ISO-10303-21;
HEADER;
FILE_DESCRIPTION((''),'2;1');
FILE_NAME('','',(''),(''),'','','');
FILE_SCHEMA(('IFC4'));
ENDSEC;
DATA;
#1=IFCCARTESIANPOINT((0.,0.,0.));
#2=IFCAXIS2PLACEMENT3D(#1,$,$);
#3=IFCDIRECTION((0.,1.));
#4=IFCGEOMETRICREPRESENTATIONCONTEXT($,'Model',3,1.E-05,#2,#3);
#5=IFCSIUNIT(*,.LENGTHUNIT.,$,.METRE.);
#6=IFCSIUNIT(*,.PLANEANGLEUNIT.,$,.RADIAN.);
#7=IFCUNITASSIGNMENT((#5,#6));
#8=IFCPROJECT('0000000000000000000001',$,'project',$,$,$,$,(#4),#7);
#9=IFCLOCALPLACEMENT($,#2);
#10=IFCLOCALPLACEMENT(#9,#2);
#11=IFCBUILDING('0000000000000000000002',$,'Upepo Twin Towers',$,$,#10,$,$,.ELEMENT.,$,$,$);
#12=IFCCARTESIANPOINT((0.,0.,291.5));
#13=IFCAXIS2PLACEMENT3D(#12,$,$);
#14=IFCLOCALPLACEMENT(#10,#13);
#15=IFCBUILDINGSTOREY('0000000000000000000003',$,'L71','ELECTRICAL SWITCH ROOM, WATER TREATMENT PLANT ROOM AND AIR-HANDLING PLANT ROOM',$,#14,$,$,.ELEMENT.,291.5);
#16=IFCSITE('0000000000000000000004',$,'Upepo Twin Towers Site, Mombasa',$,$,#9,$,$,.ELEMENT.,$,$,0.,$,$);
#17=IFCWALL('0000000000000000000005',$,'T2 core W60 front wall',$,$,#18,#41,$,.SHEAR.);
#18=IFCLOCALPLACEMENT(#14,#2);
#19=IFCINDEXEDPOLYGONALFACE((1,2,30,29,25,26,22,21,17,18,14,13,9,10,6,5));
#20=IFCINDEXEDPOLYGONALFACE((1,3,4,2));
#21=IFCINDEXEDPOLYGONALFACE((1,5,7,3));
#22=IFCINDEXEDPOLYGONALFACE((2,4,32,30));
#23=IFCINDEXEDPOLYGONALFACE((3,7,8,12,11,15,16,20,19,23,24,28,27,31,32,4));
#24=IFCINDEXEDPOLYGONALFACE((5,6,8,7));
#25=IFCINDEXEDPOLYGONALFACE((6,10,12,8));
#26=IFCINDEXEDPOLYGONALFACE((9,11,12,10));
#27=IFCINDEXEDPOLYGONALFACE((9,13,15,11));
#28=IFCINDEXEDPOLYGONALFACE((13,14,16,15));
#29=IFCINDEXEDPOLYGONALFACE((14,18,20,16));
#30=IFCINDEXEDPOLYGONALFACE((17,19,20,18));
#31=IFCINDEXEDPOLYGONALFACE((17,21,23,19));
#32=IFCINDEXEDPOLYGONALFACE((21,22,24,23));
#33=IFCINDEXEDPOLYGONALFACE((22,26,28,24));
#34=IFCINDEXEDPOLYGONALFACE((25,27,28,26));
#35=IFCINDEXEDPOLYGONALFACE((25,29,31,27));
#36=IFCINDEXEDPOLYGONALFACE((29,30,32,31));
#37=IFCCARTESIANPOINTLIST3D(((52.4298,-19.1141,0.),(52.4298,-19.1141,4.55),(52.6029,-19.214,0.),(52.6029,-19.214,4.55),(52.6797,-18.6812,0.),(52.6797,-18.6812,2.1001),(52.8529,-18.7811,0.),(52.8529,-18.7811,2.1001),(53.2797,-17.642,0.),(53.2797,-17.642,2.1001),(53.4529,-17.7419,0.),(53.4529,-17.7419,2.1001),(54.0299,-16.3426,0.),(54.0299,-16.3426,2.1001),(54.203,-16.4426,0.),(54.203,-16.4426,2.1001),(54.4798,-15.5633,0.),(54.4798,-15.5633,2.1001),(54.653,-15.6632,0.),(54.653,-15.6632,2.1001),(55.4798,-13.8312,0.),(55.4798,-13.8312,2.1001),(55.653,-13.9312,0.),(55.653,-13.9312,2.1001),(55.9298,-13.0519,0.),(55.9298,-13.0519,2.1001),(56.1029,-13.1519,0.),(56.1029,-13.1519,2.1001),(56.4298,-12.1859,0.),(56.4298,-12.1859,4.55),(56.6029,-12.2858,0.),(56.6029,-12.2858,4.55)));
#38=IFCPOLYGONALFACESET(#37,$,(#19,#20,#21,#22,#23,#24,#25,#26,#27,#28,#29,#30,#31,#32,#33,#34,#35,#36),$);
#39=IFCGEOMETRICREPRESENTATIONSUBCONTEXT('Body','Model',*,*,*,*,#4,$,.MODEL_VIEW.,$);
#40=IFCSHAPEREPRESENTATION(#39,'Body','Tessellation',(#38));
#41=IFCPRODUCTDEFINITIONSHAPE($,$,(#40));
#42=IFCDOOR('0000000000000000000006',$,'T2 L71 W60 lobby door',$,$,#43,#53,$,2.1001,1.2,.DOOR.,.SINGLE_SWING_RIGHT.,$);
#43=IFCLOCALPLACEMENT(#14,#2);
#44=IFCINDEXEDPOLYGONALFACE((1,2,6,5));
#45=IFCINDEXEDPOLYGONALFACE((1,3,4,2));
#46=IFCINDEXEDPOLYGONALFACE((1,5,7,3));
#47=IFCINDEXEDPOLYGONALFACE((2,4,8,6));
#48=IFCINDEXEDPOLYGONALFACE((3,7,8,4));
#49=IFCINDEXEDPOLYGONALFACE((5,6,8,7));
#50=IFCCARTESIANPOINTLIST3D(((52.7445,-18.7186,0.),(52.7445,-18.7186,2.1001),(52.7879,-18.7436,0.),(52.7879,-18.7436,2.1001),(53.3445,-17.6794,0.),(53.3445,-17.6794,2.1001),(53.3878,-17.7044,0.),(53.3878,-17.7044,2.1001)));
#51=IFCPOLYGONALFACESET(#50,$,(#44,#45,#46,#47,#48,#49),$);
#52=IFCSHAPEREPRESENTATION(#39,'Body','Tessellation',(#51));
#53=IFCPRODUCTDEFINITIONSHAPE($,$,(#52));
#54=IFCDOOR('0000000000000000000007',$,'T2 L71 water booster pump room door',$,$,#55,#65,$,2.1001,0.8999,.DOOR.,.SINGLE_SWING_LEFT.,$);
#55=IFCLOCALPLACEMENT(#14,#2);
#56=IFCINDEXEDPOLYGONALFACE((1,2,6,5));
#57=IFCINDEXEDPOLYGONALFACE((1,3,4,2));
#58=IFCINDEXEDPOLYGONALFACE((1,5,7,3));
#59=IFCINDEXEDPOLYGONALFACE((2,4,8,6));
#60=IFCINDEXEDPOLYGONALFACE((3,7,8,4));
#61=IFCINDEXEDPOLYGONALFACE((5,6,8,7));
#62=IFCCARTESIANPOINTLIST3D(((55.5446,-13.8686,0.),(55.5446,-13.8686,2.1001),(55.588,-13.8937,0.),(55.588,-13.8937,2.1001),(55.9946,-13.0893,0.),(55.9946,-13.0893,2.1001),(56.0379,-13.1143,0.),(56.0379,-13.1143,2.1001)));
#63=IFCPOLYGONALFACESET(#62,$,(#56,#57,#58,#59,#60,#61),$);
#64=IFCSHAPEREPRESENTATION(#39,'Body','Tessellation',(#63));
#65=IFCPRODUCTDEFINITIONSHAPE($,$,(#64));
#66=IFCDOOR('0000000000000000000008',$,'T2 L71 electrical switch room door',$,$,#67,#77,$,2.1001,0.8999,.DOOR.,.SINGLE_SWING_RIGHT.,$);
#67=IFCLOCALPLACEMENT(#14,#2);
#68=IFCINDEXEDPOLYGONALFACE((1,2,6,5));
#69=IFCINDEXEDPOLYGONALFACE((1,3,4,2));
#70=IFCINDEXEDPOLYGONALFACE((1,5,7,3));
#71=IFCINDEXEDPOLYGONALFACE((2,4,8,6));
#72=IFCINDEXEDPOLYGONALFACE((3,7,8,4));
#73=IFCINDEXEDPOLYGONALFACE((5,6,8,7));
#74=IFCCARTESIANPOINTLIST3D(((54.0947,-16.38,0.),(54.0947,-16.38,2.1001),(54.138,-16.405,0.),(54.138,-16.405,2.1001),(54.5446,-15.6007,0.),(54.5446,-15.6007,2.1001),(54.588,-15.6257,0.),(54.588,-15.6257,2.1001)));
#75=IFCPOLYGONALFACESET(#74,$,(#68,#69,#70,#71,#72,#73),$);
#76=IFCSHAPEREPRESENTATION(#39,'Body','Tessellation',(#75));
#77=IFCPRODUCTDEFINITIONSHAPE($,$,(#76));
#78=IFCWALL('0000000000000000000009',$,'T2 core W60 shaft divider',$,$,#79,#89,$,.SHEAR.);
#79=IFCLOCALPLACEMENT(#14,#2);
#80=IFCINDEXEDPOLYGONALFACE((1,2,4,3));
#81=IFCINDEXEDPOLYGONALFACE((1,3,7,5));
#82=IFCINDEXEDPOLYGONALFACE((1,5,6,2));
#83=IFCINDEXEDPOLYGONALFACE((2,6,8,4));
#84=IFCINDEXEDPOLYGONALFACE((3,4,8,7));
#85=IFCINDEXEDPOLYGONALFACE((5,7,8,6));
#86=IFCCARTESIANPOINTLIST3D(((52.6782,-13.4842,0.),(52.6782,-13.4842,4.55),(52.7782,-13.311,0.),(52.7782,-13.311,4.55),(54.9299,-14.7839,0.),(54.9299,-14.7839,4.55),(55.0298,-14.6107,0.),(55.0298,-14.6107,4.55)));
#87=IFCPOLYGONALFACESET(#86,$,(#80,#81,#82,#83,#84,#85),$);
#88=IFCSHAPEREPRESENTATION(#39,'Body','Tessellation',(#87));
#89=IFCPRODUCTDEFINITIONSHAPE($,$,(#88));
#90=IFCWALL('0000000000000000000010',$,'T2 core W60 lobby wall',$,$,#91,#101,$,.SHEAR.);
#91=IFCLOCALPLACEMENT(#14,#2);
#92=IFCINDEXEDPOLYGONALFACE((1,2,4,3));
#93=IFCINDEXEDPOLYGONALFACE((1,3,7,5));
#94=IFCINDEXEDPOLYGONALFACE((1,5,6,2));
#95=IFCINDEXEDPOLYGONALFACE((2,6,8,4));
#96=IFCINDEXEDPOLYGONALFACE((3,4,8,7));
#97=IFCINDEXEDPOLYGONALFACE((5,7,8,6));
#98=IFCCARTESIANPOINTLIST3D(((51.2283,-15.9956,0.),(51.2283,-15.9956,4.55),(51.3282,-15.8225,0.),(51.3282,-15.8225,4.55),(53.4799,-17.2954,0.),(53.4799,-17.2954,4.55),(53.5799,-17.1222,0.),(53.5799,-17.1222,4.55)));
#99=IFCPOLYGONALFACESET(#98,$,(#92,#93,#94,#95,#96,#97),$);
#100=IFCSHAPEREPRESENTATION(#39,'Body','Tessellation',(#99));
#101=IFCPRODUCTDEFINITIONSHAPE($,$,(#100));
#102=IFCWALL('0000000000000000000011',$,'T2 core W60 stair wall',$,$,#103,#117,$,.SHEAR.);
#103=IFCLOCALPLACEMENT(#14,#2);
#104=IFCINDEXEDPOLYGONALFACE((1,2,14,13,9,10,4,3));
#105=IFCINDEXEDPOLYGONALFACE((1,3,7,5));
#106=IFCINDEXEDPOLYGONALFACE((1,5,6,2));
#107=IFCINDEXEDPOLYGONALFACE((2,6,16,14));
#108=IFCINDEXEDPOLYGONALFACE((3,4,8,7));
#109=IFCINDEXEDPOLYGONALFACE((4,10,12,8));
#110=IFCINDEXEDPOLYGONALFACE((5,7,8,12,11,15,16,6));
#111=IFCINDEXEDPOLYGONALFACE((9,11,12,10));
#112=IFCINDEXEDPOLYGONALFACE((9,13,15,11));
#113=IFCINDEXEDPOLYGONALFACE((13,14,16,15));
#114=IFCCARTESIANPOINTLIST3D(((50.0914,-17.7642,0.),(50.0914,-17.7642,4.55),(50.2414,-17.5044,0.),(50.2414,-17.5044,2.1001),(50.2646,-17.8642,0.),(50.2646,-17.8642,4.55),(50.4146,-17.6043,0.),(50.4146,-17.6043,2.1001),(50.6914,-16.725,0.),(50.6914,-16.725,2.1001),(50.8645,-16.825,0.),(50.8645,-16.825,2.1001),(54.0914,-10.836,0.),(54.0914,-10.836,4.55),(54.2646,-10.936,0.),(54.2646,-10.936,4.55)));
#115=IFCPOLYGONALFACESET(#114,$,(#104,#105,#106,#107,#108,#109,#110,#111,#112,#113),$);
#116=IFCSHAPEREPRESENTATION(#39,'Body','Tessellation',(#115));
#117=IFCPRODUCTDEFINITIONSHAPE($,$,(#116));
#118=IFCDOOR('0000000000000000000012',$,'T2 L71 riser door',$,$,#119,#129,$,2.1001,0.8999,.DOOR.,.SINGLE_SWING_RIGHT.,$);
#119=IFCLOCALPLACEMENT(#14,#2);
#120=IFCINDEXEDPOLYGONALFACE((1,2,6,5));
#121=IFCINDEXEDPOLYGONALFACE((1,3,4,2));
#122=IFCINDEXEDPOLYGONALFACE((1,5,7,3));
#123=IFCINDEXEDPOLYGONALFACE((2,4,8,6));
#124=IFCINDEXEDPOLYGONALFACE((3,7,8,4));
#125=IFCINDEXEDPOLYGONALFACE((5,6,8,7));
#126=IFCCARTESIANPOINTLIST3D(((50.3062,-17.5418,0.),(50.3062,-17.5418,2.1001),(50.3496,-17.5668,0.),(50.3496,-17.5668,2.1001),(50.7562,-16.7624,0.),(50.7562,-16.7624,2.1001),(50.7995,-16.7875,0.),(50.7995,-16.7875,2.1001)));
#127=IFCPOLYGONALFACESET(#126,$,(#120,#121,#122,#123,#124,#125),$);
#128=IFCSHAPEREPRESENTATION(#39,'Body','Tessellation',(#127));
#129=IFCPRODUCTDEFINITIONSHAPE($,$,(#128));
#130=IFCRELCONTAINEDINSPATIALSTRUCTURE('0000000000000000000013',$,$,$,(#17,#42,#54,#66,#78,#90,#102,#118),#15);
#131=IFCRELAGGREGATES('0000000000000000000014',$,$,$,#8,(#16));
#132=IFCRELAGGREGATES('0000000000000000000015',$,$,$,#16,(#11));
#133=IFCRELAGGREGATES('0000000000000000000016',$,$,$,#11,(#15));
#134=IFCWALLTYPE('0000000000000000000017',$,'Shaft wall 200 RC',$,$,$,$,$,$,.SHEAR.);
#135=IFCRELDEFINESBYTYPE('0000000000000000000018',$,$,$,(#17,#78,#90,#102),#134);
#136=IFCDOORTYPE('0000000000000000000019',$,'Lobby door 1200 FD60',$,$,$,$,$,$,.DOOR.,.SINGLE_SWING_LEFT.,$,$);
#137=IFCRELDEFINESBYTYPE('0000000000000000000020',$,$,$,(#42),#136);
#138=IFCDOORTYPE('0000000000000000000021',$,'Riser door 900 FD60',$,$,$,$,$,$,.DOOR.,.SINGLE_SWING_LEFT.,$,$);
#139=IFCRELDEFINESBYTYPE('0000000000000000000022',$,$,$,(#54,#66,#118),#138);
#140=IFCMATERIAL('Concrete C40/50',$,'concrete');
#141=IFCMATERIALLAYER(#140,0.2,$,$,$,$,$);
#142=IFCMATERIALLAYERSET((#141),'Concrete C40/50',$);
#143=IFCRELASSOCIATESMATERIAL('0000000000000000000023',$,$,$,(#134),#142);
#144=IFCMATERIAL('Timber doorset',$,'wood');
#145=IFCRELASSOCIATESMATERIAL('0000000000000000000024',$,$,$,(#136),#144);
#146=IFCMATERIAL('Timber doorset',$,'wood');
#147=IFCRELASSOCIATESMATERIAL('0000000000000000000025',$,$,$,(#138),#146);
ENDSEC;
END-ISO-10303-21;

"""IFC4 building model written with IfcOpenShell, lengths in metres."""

from ifc_helpers import new_model, si_unit, direction, frame, frame_2d, origin, place, context, subcontext, project, spatial, rectangle, extrude, material, layer, layer_set, type_object, element, fill, save


model = new_model("IFC4")

# Units and contexts
model_context = context("Model", 3, precision=1e-05, world=origin(), true_north=direction((0.0, 1.0)))
body_context = subcontext(model_context, "Body", "Model", "MODEL_VIEW")
ifc_project = project(units=[si_unit("LENGTHUNIT", "METRE"), si_unit("PLANEANGLEUNIT", "RADIAN")], contexts=[model_context])

# Site, building, storey
site_placement = place(None, origin())
site = spatial("IfcSite", under=ifc_project, at=site_placement, Name="Upepo Twin Towers Site, Mombasa", CompositionType="ELEMENT", RefElevation=0.0)
building_placement = place(site_placement, origin())
building = spatial("IfcBuilding", under=site, at=building_placement, Name="Upepo Twin Towers", CompositionType="ELEMENT")
storey_placement = place(building_placement, frame((0.0, 0.0, 291.5)))
storey = spatial("IfcBuildingStorey", under=building, at=storey_placement, Name="L71", Description="ELECTRICAL SWITCH ROOM, WATER TREATMENT PLANT ROOM AND AIR-HANDLING PLANT ROOM", CompositionType="ELEMENT", Elevation=291.5)

# Wall, openings, doors
ifc_material_1 = material(Name="Concrete C40/50", Category="concrete")
ifc_layer_1 = layer(ifc_material_1, 0.2)
ifc_layer_set_1 = layer_set([ifc_layer_1], Name="Concrete C40/50")
wall_type_1 = type_object("IfcWallType", Name="Shaft wall 200 RC", PredefinedType="SHEAR", material=ifc_layer_set_1)
wall_1_placement = place(storey_placement, frame((56.5164, -12.2358, 0.0), z_axis=(0.0, 0.0, 1.0), x_axis=(-0.499999, -0.866026, 0.0)))
wall_1 = element("IfcWall", 1, at=wall_1_placement, inside=storey, type_object=wall_type_1, Name="T2 core W60 front wall", PredefinedType="SHEAR", context=body_context, shape_type="SweptSolid", body=[
    extrude(rectangle(XDim=8.0, YDim=0.2, at=frame_2d((4.0, 0.0))), origin(), (0.0, 0.0, 1.0), 4.55),
])
opening_1_placement = place(wall_1_placement, frame((6.3, 0.0, 0.0)))
opening_1 = element("IfcOpeningElement", 2, at=opening_1_placement, cuts=wall_1, PredefinedType="OPENING", context=body_context, shape_type="SweptSolid", body=[
    extrude(rectangle(XDim=1.2, YDim=2.1001, at=frame_2d((0.6001, 1.05))), frame((0.0, 0.1099, 0.0), z_axis=(0.0, -1.0, 0.0), x_axis=(1.0, 0.0, 0.0)), (0.0, 0.0, 1.0), 0.22),
])
opening_2_placement = place(wall_1_placement, frame((1.0, 0.0, 0.0)))
opening_2 = element("IfcOpeningElement", 3, at=opening_2_placement, cuts=wall_1, PredefinedType="OPENING", context=body_context, shape_type="SweptSolid", body=[
    extrude(rectangle(XDim=0.8999, YDim=2.1001, at=frame_2d((0.45, 1.05))), frame((0.0, 0.1099, 0.0), z_axis=(0.0, -1.0, 0.0), x_axis=(1.0, 0.0, 0.0)), (0.0, 0.0, 1.0), 0.22),
])
opening_3_placement = place(wall_1_placement, frame((3.8999, 0.0, 0.0)))
opening_3 = element("IfcOpeningElement", 4, at=opening_3_placement, cuts=wall_1, PredefinedType="OPENING", context=body_context, shape_type="SweptSolid", body=[
    extrude(rectangle(XDim=0.8999, YDim=2.1001, at=frame_2d((0.45, 1.05))), frame((0.0, 0.1099, 0.0), z_axis=(0.0, -1.0, 0.0), x_axis=(1.0, 0.0, 0.0)), (0.0, 0.0, 1.0), 0.22),
])
ifc_material_2 = material(Name="Timber doorset", Category="wood")
door_type_1 = type_object("IfcDoorType", Name="Lobby door 1200 FD60", OperationType="SINGLE_SWING_LEFT", PredefinedType="DOOR", material=ifc_material_2)
door_1_placement = place(opening_1_placement, origin())
door_1 = element("IfcDoor", 5, at=door_1_placement, inside=storey, type_object=door_type_1, Name="T2 L71 W60 lobby door", OperationType="SINGLE_SWING_RIGHT", OverallHeight=2.1001, OverallWidth=1.2, PredefinedType="DOOR", context=body_context, shape_type="SweptSolid", body=[
    extrude(rectangle(XDim=1.2, YDim=2.1001, at=frame_2d((0.6001, 1.05))), frame((0.0, 0.0249, 0.0), z_axis=(0.0, -1.0, 0.0), x_axis=(1.0, 0.0, 0.0)), (0.0, 0.0, 1.0), 0.05),
])
fill(opening_1, door_1)
ifc_material_3 = material(Name="Timber doorset", Category="wood")
door_type_2 = type_object("IfcDoorType", Name="Riser door 900 FD60", OperationType="SINGLE_SWING_LEFT", PredefinedType="DOOR", material=ifc_material_3)
door_2_placement = place(opening_2_placement, origin())
door_2 = element("IfcDoor", 6, at=door_2_placement, inside=storey, type_object=door_type_2, Name="T2 L71 water booster pump room door", OperationType="SINGLE_SWING_LEFT", OverallHeight=2.1001, OverallWidth=0.8999, PredefinedType="DOOR", context=body_context, shape_type="SweptSolid", body=[
    extrude(rectangle(XDim=0.8999, YDim=2.1001, at=frame_2d((0.45, 1.05))), frame((0.0, 0.0249, 0.0), z_axis=(0.0, -1.0, 0.0), x_axis=(1.0, 0.0, 0.0)), (0.0, 0.0, 1.0), 0.05),
])
fill(opening_2, door_2)
door_3_placement = place(opening_3_placement, origin())
door_3 = element("IfcDoor", 7, at=door_3_placement, inside=storey, type_object=door_type_2, Name="T2 L71 electrical switch room door", OperationType="SINGLE_SWING_RIGHT", OverallHeight=2.1001, OverallWidth=0.8999, PredefinedType="DOOR", context=body_context, shape_type="SweptSolid", body=[
    extrude(rectangle(XDim=0.8999, YDim=2.1001, at=frame_2d((0.45, 1.05))), frame((0.0, 0.0249, 0.0), z_axis=(0.0, -1.0, 0.0), x_axis=(1.0, 0.0, 0.0)), (0.0, 0.0, 1.0), 0.05),
])
fill(opening_3, door_3)

# Walls
for number, where, z_axis, x_axis, name in (
    (8, (54.9797, -14.6973, 0.0), (0.0, 0.0, 1.0), (-0.866062, 0.499937, 0.0), "T2 core W60 shaft divider"),
    (9, (53.5298, -17.2087, 0.0), (0.0, 0.0, 1.0), (-0.866062, 0.499937, 0.0), "T2 core W60 lobby wall"),
):
    element("IfcWall", number, at=place(storey_placement, frame(where, z_axis=z_axis, x_axis=x_axis)), inside=storey, type_object=wall_type_1, Name=name, PredefinedType="SHEAR", context=body_context, shape_type="SweptSolid", body=[
        extrude(rectangle(XDim=2.5999, YDim=0.2, at=frame_2d((1.2998, 0.0))), origin(), (0.0, 0.0, 1.0), 4.55),
    ])

# Wall, opening, door
wall_2_placement = place(storey_placement, frame((54.178, -10.886, 0.0), z_axis=(0.0, 0.0, 1.0), x_axis=(-0.499999, -0.866026, 0.0)))
wall_2 = element("IfcWall", 10, at=wall_2_placement, inside=storey, type_object=wall_type_1, Name="T2 core W60 stair wall", PredefinedType="SHEAR", context=body_context, shape_type="SweptSolid", body=[
    extrude(rectangle(XDim=8.0, YDim=0.2, at=frame_2d((4.0, 0.0))), origin(), (0.0, 0.0, 1.0), 4.55),
])
opening_4_placement = place(wall_2_placement, frame((6.8, 0.0, 0.0)))
opening_4 = element("IfcOpeningElement", 11, at=opening_4_placement, cuts=wall_2, PredefinedType="OPENING", context=body_context, shape_type="SweptSolid", body=[
    extrude(rectangle(XDim=0.8999, YDim=2.1001, at=frame_2d((0.45, 1.05))), frame((0.0, 0.1099, 0.0), z_axis=(0.0, -1.0, 0.0), x_axis=(1.0, 0.0, 0.0)), (0.0, 0.0, 1.0), 0.22),
])
door_4_placement = place(opening_4_placement, origin())
door_4 = element("IfcDoor", 12, at=door_4_placement, inside=storey, type_object=door_type_2, Name="T2 L71 riser door", OperationType="SINGLE_SWING_RIGHT", OverallHeight=2.1001, OverallWidth=0.8999, PredefinedType="DOOR", context=body_context, shape_type="SweptSolid", body=[
    extrude(rectangle(XDim=0.8999, YDim=2.1001, at=frame_2d((0.45, 1.05))), frame((0.0, 0.0249, 0.0), z_axis=(0.0, -1.0, 0.0), x_axis=(1.0, 0.0, 0.0)), (0.0, 0.0, 1.0), 0.05),
])
fill(opening_4, door_4)

save(model, "model.ifc")
